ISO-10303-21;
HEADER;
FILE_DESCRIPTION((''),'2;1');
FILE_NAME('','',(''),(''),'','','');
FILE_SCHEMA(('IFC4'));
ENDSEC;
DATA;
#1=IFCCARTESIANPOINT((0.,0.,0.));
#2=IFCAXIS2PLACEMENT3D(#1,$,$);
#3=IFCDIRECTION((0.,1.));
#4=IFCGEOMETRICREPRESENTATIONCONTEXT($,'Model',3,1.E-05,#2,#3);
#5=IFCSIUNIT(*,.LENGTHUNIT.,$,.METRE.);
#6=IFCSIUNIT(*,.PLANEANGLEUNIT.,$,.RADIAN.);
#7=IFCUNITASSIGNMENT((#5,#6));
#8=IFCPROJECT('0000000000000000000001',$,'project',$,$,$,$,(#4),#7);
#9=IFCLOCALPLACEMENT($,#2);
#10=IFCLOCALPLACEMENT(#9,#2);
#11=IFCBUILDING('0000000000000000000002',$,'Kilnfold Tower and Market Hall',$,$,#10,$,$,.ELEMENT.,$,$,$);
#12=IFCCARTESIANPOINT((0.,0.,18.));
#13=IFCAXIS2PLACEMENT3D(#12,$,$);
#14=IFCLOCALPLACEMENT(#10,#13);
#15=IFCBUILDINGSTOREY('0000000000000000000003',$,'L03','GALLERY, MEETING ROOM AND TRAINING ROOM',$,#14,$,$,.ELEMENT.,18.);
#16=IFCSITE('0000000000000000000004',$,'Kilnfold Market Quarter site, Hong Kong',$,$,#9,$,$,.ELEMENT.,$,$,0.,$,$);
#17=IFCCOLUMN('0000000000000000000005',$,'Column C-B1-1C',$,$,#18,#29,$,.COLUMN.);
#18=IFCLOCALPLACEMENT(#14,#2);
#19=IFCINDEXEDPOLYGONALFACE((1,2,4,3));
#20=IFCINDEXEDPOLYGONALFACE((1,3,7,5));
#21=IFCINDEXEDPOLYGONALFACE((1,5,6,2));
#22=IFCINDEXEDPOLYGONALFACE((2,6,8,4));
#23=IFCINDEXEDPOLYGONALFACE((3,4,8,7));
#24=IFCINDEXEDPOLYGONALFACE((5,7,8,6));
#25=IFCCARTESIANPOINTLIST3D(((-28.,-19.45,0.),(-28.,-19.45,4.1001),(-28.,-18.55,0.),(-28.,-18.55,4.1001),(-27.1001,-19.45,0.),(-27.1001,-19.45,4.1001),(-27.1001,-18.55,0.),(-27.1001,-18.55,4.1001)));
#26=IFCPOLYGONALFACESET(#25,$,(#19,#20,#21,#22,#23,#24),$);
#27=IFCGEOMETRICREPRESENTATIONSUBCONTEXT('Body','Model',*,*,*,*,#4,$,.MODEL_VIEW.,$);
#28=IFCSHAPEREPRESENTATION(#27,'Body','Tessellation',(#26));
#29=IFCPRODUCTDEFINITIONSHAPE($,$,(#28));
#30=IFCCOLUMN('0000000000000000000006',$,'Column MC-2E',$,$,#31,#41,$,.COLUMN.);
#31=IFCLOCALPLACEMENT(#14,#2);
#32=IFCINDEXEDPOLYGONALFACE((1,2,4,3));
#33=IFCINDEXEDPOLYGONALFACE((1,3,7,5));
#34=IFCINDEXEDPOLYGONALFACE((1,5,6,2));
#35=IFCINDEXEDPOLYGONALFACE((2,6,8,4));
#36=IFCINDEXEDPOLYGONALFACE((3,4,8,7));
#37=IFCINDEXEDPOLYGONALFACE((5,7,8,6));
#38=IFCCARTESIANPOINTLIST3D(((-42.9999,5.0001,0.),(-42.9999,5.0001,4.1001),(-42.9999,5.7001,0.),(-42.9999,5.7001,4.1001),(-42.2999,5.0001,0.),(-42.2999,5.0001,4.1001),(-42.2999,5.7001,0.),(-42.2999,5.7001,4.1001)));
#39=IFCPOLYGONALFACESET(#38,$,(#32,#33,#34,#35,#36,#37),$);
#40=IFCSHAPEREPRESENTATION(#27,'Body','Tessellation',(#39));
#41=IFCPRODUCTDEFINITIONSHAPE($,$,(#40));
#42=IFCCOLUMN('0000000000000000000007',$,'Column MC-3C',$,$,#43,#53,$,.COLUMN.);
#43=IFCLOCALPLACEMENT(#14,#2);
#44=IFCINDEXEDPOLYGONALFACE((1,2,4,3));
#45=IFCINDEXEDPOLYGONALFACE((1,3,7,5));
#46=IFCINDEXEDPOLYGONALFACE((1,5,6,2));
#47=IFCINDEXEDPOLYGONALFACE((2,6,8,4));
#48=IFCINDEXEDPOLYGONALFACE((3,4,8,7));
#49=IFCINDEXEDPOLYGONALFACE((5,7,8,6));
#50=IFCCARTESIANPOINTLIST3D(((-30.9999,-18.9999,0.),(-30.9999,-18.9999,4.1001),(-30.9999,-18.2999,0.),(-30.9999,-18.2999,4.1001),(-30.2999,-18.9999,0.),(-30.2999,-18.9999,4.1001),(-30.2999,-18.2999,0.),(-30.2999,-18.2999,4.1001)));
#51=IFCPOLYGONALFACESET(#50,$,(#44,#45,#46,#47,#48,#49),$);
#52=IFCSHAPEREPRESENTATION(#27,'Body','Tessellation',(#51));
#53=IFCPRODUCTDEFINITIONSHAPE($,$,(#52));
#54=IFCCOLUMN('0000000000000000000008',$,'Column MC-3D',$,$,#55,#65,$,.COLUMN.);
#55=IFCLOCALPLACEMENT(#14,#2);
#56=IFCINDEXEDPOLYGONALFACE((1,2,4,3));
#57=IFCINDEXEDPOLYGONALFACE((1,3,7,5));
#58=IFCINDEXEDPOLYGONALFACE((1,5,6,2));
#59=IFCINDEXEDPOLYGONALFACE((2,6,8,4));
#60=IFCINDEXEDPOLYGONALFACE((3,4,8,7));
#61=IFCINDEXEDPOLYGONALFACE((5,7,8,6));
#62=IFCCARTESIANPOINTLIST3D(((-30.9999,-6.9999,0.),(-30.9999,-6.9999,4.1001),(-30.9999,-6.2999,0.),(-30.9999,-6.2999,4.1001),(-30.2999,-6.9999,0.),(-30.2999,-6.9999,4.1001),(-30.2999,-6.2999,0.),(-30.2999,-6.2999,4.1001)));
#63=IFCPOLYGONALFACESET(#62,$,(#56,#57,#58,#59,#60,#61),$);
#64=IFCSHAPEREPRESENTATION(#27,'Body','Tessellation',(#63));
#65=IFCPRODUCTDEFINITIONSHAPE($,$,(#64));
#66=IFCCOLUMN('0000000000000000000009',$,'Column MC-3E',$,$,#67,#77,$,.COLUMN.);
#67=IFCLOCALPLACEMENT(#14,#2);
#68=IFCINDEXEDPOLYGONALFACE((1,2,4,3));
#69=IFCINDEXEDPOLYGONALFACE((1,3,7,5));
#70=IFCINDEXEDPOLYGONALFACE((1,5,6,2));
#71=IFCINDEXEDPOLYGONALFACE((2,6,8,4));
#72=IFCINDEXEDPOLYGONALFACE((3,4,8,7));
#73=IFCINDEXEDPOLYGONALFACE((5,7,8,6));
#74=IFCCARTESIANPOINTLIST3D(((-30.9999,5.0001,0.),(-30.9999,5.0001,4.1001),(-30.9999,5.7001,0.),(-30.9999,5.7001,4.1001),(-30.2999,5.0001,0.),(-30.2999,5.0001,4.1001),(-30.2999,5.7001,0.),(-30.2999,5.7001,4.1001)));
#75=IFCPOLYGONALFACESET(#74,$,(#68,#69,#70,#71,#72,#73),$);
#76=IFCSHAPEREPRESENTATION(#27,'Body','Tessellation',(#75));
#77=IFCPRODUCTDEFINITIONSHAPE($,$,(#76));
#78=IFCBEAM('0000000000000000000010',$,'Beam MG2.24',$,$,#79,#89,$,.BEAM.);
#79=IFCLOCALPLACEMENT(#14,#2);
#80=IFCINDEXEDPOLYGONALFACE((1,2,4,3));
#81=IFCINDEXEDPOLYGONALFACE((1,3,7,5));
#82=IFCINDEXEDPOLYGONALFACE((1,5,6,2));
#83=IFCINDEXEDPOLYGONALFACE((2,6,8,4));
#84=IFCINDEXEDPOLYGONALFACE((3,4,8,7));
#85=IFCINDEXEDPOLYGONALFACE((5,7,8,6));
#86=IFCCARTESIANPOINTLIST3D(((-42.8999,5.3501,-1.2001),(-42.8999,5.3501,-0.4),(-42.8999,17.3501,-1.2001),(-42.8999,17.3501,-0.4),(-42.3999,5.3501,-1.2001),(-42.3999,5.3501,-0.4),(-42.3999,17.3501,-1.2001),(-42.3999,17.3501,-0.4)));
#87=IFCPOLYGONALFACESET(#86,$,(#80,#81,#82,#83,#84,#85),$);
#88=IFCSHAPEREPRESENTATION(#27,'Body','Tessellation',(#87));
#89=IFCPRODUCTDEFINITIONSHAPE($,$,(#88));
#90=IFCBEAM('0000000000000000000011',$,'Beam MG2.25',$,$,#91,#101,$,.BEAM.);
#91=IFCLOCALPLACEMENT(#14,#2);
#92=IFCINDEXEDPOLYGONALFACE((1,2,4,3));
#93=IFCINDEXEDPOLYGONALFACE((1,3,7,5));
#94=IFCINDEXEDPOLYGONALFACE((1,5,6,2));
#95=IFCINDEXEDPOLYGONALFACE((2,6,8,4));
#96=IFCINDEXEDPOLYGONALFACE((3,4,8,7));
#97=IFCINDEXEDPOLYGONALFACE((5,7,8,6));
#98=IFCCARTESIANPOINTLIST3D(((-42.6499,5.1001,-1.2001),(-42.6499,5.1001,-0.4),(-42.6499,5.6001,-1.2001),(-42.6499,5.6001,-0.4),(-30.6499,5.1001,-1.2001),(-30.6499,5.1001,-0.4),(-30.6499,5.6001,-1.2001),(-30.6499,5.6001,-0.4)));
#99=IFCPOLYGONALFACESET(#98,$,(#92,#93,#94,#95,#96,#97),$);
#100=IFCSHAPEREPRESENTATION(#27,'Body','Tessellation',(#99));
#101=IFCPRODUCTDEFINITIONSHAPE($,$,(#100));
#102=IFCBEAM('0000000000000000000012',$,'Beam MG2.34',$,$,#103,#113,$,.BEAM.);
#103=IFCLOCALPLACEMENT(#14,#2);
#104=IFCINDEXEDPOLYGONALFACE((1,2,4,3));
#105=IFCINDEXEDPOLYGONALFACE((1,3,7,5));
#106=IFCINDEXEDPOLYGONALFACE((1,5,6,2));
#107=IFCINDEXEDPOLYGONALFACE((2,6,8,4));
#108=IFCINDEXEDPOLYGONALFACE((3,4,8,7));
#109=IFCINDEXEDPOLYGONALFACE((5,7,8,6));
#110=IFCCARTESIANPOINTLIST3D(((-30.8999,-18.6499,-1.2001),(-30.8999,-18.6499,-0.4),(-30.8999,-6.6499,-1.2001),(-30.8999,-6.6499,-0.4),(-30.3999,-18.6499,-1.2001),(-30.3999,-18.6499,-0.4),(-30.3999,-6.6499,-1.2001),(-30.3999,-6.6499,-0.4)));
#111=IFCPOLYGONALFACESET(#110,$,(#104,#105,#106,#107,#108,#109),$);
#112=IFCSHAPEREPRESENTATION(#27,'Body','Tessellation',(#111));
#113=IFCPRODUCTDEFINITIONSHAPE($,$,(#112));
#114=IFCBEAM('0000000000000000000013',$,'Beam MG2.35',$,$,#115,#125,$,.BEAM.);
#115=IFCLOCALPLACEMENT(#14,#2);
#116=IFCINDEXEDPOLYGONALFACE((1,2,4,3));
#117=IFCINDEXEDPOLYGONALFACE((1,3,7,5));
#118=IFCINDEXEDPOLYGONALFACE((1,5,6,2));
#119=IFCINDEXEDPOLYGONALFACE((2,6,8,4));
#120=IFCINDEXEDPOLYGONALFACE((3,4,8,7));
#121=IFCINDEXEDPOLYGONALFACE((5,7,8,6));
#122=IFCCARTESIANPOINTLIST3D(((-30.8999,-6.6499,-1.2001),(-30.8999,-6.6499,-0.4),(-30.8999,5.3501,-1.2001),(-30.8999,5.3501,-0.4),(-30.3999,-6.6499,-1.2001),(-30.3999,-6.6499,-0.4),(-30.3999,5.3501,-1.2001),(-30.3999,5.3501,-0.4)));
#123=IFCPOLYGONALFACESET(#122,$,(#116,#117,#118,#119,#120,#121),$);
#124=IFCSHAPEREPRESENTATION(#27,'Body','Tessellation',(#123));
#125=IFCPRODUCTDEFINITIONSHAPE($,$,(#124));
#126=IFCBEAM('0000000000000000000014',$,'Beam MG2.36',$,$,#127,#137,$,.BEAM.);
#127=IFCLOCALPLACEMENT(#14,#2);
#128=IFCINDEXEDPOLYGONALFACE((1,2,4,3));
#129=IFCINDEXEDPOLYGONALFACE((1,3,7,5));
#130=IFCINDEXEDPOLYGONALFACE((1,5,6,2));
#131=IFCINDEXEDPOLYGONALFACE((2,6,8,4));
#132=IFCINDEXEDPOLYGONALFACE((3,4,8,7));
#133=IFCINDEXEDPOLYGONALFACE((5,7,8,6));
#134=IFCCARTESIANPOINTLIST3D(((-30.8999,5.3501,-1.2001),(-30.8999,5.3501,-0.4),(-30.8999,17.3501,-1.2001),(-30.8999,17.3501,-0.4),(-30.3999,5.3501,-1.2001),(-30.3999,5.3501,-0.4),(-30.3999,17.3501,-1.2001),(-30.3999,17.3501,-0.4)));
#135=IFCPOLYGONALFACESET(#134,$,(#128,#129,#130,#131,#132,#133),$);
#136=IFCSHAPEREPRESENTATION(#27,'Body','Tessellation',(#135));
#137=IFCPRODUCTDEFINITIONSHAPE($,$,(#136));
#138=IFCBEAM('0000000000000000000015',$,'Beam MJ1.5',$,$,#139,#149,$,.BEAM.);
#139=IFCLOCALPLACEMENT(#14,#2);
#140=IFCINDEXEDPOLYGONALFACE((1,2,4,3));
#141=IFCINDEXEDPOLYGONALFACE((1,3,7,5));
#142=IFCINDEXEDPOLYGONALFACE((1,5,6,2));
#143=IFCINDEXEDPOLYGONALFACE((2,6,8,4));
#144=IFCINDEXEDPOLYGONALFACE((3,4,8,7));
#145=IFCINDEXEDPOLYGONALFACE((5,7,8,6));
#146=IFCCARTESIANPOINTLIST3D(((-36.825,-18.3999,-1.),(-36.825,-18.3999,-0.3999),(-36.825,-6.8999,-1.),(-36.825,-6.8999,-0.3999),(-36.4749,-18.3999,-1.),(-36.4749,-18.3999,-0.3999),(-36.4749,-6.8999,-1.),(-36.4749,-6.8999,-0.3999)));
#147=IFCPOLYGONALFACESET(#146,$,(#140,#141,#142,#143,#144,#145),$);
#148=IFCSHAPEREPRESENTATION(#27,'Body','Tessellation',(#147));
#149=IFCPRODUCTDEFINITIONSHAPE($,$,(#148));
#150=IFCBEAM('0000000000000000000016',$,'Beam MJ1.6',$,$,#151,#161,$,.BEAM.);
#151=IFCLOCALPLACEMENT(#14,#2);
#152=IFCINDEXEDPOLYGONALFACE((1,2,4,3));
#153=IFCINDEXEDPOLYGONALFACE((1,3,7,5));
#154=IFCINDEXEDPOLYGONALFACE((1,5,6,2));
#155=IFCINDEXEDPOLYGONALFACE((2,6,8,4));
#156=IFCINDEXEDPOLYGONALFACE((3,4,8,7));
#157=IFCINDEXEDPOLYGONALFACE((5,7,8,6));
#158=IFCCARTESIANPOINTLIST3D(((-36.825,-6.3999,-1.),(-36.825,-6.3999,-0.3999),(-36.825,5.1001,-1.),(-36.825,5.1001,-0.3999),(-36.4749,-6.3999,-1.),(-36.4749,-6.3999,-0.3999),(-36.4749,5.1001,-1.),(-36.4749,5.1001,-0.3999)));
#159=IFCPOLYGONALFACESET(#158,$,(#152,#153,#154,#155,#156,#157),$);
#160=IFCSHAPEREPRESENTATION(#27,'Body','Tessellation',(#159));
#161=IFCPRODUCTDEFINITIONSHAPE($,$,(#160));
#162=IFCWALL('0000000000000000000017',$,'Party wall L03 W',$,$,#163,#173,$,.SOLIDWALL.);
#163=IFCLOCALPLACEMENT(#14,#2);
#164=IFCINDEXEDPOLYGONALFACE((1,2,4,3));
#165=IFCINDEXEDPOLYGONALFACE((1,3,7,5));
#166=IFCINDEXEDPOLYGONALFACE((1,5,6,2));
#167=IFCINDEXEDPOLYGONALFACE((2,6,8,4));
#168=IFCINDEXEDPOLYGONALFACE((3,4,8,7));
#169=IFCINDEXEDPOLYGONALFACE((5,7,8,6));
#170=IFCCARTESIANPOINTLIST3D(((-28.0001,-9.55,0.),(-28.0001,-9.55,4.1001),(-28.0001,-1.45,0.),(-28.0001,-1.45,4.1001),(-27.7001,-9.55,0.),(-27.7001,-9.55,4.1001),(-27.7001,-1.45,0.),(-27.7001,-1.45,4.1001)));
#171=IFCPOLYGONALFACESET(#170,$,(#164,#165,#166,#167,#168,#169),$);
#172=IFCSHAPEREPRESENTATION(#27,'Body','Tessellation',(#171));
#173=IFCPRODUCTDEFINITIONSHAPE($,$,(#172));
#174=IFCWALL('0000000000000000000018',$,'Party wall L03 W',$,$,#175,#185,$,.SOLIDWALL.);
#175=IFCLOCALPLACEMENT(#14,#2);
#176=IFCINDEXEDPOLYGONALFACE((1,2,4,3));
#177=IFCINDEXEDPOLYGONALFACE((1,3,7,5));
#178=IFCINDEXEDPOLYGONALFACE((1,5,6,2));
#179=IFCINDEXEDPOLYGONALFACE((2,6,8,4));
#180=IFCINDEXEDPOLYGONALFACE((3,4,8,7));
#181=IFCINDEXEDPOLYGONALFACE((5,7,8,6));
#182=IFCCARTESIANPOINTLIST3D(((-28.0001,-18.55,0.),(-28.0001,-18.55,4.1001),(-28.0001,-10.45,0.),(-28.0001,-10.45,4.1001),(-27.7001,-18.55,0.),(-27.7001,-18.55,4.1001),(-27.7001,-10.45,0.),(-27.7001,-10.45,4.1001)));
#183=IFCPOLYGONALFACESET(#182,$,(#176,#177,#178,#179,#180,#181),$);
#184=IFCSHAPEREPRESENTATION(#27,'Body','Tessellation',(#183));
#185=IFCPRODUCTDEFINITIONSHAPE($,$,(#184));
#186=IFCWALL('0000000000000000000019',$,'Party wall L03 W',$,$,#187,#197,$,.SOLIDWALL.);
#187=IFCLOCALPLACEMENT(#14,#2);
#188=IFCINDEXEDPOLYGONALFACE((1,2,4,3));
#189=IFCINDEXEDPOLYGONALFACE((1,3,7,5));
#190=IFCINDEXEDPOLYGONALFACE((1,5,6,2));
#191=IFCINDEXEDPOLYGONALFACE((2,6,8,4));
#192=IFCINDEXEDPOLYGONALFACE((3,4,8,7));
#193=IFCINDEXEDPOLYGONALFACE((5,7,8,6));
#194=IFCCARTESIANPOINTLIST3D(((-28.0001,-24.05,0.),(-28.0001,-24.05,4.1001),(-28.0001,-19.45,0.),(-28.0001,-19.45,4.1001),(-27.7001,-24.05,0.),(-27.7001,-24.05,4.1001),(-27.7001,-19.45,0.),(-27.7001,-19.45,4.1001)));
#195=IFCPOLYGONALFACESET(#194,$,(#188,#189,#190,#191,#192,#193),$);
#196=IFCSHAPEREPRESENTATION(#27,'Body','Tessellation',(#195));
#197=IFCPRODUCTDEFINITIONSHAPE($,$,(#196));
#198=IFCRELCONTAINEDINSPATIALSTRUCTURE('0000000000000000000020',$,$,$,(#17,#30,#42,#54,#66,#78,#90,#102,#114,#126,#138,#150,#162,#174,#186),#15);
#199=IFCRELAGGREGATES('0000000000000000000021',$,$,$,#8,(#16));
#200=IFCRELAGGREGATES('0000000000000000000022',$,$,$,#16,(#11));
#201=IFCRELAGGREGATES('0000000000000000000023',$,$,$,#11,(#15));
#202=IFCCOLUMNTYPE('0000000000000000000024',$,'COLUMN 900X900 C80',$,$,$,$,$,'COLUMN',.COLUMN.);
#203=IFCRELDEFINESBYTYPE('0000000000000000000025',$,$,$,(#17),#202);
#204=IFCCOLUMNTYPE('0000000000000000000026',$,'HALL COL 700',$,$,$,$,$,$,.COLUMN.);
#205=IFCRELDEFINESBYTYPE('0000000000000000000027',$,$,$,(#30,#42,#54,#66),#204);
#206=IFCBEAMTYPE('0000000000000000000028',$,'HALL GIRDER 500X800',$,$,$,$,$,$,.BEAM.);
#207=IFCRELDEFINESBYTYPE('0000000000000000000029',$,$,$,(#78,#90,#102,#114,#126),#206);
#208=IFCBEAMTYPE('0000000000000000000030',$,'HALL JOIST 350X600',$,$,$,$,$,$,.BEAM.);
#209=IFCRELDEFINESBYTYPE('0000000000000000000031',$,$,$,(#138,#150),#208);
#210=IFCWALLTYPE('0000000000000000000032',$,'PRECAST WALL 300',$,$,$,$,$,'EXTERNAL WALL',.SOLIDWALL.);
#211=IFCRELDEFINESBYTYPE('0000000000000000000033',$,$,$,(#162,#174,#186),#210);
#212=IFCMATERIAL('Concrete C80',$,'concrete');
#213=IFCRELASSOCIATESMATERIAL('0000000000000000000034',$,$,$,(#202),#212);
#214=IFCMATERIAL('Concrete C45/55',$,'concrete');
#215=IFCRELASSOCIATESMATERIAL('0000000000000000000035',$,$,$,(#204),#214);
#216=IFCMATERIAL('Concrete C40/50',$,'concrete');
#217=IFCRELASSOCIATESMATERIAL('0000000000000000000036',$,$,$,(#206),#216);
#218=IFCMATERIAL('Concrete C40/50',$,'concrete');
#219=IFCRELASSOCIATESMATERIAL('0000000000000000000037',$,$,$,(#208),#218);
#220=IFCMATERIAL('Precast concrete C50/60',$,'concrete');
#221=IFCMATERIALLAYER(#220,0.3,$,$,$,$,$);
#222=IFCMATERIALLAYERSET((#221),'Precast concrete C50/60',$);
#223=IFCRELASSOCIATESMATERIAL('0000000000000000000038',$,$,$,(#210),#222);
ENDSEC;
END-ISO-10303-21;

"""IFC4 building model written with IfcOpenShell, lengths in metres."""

from ifc_helpers import new_model, si_unit, direction, frame, frame_2d, origin, origin_2d, place, context, subcontext, project, spatial, rectangle, extrude, source, transform, mapped, material, layer, layer_set, material_profile, profile_set, type_object, element, save


model = new_model("IFC4")

# Units and contexts
model_context = context("Model", 3, precision=1e-05, world=origin(), true_north=direction((0.0, 1.0)))
body_context = subcontext(model_context, "Body", "Model", "MODEL_VIEW")
ifc_project = project(units=[si_unit("LENGTHUNIT", "METRE"), si_unit("PLANEANGLEUNIT", "RADIAN")], contexts=[model_context])

# Site, building, storey
site_placement = place(None, origin())
site = spatial("IfcSite", under=ifc_project, at=site_placement, Name="Kilnfold Market Quarter site, Hong Kong", CompositionType="ELEMENT", RefElevation=0.0)
building_placement = place(site_placement, origin())
building = spatial("IfcBuilding", under=site, at=building_placement, Name="Kilnfold Tower and Market Hall", CompositionType="ELEMENT")
storey_placement = place(building_placement, frame((0.0, 0.0, 18.0)))
storey = spatial("IfcBuildingStorey", under=building, at=storey_placement, Name="L03", Description="GALLERY, MEETING ROOM AND TRAINING ROOM", CompositionType="ELEMENT", Elevation=18.0)

# Columns
ifc_material_1 = material(Name="Concrete C80", Category="concrete")
ifc_material_profile_1 = material_profile(ifc_material_1, rectangle(XDim=0.8999, YDim=0.8999, at=origin_2d()), Name="RC 900x900")
ifc_profile_set_1 = profile_set([ifc_material_profile_1], Name="Concrete C80")
column_type_1 = type_object("IfcColumnType", Name="COLUMN 900X900 C80", ElementType="COLUMN", PredefinedType="COLUMN", material=ifc_profile_set_1)
shared_shape_1 = source(origin(), body_context, "Body", "SweptSolid", [
    extrude(rectangle(XDim=0.8999, YDim=0.8999, at=origin_2d()), origin(), (0.0, 0.0, 1.0), 4.1001),
])
column_placement = place(storey_placement, frame((-27.55, -19.0, 0.0), z_axis=(0.0, 0.0, 1.0), x_axis=(1.0, 0.0, 0.0)))
element("IfcColumn", 1, at=column_placement, inside=storey, type_object=column_type_1, Name="Column C-B1-1C", PredefinedType="COLUMN", context=body_context, shape_type="MappedRepresentation", body=[
    mapped(shared_shape_1, transform((0.0, 0.0, 0.0))),
])
ifc_material_2 = material(Name="Concrete C45/55", Category="concrete")
ifc_material_profile_2 = material_profile(ifc_material_2, rectangle(XDim=0.7, YDim=0.7, at=origin_2d()), Name="RC 700x700")
ifc_profile_set_2 = profile_set([ifc_material_profile_2], Name="Concrete C45/55")
column_type_2 = type_object("IfcColumnType", Name="HALL COL 700", PredefinedType="COLUMN", material=ifc_profile_set_2)
shared_shape_2 = source(origin(), body_context, "Body", "SweptSolid", [
    extrude(rectangle(XDim=0.7, YDim=0.7, at=origin_2d()), origin(), (0.0, 0.0, 1.0), 4.1001),
])
for number, where, z_axis, x_axis, name in (
    (2, (-42.6499, 5.3501, 0.0), (0.0, 0.0, 1.0), (1.0, 0.0, 0.0), "Column MC-2E"),
    (3, (-30.6499, -18.6499, 0.0), (0.0, 0.0, 1.0), (1.0, 0.0, 0.0), "Column MC-3C"),
    (4, (-30.6499, -6.6499, 0.0), (0.0, 0.0, 1.0), (1.0, 0.0, 0.0), "Column MC-3D"),
    (5, (-30.6499, 5.3501, 0.0), (0.0, 0.0, 1.0), (1.0, 0.0, 0.0), "Column MC-3E"),
):
    element("IfcColumn", number, at=place(storey_placement, frame(where, z_axis=z_axis, x_axis=x_axis)), inside=storey, type_object=column_type_2, Name=name, PredefinedType="COLUMN", context=body_context, shape_type="MappedRepresentation", body=[
        mapped(shared_shape_2, transform((0.0, 0.0, 0.0))),
    ])

# Beams
ifc_material_3 = material(Name="Concrete C40/50", Category="concrete")
ifc_material_profile_3 = material_profile(ifc_material_3, rectangle(XDim=0.5, YDim=0.8, at=origin_2d()), Name="RC 500x800")
ifc_profile_set_3 = profile_set([ifc_material_profile_3], Name="Concrete C40/50")
beam_type_1 = type_object("IfcBeamType", Name="HALL GIRDER 500X800", PredefinedType="BEAM", material=ifc_profile_set_3)
for number, where, z_axis, x_axis, name in (
    (6, (-42.6499, 5.3501, -0.8), (0.0, 1.0, 0.0), (-1.0, 0.0, 0.0), "Beam MG2.24"),
    (7, (-42.6499, 5.3501, -0.8), (1.0, 0.0, 0.0), (0.0, 1.0, 0.0), "Beam MG2.25"),
    (8, (-30.6499, -18.6499, -0.8), (0.0, 1.0, 0.0), (-1.0, 0.0, 0.0), "Beam MG2.34"),
    (9, (-30.6499, -6.6499, -0.8), (0.0, 1.0, 0.0), (-1.0, 0.0, 0.0), "Beam MG2.35"),
    (10, (-30.6499, 5.3501, -0.8), (0.0, 1.0, 0.0), (-1.0, 0.0, 0.0), "Beam MG2.36"),
):
    element("IfcBeam", number, at=place(storey_placement, frame(where, z_axis=z_axis, x_axis=x_axis)), inside=storey, type_object=beam_type_1, Name=name, PredefinedType="BEAM", context=body_context, shape_type="SweptSolid", body=[
        extrude(rectangle(XDim=0.5, YDim=0.8, at=origin_2d()), origin(), (0.0, 0.0, 1.0), 12.0),
    ])
ifc_material_4 = material(Name="Concrete C40/50", Category="concrete")
ifc_material_profile_4 = material_profile(ifc_material_4, rectangle(XDim=0.3501, YDim=0.6001, at=origin_2d()), Name="RC 350x600")
ifc_profile_set_4 = profile_set([ifc_material_profile_4], Name="Concrete C40/50")
beam_type_2 = type_object("IfcBeamType", Name="HALL JOIST 350X600", PredefinedType="BEAM", material=ifc_profile_set_4)
for number, where, z_axis, x_axis, name in (
    (11, (-36.6499, -18.3999, -0.7), (0.0, 1.0, 0.0), (-1.0, 0.0, 0.0), "Beam MJ1.5"),
    (12, (-36.6499, -6.3999, -0.7), (0.0, 1.0, 0.0), (-1.0, 0.0, 0.0), "Beam MJ1.6"),
):
    element("IfcBeam", number, at=place(storey_placement, frame(where, z_axis=z_axis, x_axis=x_axis)), inside=storey, type_object=beam_type_2, Name=name, PredefinedType="BEAM", context=body_context, shape_type="SweptSolid", body=[
        extrude(rectangle(XDim=0.3501, YDim=0.6001, at=origin_2d()), origin(), (0.0, 0.0, 1.0), 11.5),
    ])

# Walls
ifc_material_5 = material(Name="Precast concrete C50/60", Category="concrete")
ifc_layer_1 = layer(ifc_material_5, 0.3)
ifc_layer_set_1 = layer_set([ifc_layer_1], Name="Precast concrete C50/60")
wall_type_1 = type_object("IfcWallType", Name="PRECAST WALL 300", ElementType="EXTERNAL WALL", PredefinedType="SOLIDWALL", material=ifc_layer_set_1)
shared_shape_3 = source(origin(), body_context, "Body", "SweptSolid", [
    extrude(rectangle(XDim=8.1001, YDim=0.3, at=frame_2d((4.05, 0.0))), origin(), (0.0, 0.0, 1.0), 4.1001),
])
for number, where, z_axis, x_axis, name in (
    (13, (-27.8501, -1.45, 0.0), (0.0, 0.0, 1.0), (0.0, -1.0, 0.0), "Party wall L03 W"),
    (14, (-27.8501, -10.45, 0.0), (0.0, 0.0, 1.0), (0.0, -1.0, 0.0), "Party wall L03 W"),
):
    element("IfcWall", number, at=place(storey_placement, frame(where, z_axis=z_axis, x_axis=x_axis)), inside=storey, type_object=wall_type_1, Name=name, PredefinedType="SOLIDWALL", context=body_context, shape_type="MappedRepresentation", body=[
        mapped(shared_shape_3, transform((0.0, 0.0, 0.0))),
    ])
shared_shape_4 = source(origin(), body_context, "Body", "SweptSolid", [
    extrude(rectangle(XDim=4.6001, YDim=0.3, at=frame_2d((2.3, 0.0))), origin(), (0.0, 0.0, 1.0), 4.1001),
])
wall_1_placement = place(storey_placement, frame((-27.8501, -19.45, 0.0), z_axis=(0.0, 0.0, 1.0), x_axis=(0.0, -1.0, 0.0)))
element("IfcWall", 15, at=wall_1_placement, inside=storey, type_object=wall_type_1, Name="Party wall L03 W", PredefinedType="SOLIDWALL", context=body_context, shape_type="MappedRepresentation", body=[
    mapped(shared_shape_4, transform((0.0, 0.0, 0.0))),
])

save(model, "model.ifc")
